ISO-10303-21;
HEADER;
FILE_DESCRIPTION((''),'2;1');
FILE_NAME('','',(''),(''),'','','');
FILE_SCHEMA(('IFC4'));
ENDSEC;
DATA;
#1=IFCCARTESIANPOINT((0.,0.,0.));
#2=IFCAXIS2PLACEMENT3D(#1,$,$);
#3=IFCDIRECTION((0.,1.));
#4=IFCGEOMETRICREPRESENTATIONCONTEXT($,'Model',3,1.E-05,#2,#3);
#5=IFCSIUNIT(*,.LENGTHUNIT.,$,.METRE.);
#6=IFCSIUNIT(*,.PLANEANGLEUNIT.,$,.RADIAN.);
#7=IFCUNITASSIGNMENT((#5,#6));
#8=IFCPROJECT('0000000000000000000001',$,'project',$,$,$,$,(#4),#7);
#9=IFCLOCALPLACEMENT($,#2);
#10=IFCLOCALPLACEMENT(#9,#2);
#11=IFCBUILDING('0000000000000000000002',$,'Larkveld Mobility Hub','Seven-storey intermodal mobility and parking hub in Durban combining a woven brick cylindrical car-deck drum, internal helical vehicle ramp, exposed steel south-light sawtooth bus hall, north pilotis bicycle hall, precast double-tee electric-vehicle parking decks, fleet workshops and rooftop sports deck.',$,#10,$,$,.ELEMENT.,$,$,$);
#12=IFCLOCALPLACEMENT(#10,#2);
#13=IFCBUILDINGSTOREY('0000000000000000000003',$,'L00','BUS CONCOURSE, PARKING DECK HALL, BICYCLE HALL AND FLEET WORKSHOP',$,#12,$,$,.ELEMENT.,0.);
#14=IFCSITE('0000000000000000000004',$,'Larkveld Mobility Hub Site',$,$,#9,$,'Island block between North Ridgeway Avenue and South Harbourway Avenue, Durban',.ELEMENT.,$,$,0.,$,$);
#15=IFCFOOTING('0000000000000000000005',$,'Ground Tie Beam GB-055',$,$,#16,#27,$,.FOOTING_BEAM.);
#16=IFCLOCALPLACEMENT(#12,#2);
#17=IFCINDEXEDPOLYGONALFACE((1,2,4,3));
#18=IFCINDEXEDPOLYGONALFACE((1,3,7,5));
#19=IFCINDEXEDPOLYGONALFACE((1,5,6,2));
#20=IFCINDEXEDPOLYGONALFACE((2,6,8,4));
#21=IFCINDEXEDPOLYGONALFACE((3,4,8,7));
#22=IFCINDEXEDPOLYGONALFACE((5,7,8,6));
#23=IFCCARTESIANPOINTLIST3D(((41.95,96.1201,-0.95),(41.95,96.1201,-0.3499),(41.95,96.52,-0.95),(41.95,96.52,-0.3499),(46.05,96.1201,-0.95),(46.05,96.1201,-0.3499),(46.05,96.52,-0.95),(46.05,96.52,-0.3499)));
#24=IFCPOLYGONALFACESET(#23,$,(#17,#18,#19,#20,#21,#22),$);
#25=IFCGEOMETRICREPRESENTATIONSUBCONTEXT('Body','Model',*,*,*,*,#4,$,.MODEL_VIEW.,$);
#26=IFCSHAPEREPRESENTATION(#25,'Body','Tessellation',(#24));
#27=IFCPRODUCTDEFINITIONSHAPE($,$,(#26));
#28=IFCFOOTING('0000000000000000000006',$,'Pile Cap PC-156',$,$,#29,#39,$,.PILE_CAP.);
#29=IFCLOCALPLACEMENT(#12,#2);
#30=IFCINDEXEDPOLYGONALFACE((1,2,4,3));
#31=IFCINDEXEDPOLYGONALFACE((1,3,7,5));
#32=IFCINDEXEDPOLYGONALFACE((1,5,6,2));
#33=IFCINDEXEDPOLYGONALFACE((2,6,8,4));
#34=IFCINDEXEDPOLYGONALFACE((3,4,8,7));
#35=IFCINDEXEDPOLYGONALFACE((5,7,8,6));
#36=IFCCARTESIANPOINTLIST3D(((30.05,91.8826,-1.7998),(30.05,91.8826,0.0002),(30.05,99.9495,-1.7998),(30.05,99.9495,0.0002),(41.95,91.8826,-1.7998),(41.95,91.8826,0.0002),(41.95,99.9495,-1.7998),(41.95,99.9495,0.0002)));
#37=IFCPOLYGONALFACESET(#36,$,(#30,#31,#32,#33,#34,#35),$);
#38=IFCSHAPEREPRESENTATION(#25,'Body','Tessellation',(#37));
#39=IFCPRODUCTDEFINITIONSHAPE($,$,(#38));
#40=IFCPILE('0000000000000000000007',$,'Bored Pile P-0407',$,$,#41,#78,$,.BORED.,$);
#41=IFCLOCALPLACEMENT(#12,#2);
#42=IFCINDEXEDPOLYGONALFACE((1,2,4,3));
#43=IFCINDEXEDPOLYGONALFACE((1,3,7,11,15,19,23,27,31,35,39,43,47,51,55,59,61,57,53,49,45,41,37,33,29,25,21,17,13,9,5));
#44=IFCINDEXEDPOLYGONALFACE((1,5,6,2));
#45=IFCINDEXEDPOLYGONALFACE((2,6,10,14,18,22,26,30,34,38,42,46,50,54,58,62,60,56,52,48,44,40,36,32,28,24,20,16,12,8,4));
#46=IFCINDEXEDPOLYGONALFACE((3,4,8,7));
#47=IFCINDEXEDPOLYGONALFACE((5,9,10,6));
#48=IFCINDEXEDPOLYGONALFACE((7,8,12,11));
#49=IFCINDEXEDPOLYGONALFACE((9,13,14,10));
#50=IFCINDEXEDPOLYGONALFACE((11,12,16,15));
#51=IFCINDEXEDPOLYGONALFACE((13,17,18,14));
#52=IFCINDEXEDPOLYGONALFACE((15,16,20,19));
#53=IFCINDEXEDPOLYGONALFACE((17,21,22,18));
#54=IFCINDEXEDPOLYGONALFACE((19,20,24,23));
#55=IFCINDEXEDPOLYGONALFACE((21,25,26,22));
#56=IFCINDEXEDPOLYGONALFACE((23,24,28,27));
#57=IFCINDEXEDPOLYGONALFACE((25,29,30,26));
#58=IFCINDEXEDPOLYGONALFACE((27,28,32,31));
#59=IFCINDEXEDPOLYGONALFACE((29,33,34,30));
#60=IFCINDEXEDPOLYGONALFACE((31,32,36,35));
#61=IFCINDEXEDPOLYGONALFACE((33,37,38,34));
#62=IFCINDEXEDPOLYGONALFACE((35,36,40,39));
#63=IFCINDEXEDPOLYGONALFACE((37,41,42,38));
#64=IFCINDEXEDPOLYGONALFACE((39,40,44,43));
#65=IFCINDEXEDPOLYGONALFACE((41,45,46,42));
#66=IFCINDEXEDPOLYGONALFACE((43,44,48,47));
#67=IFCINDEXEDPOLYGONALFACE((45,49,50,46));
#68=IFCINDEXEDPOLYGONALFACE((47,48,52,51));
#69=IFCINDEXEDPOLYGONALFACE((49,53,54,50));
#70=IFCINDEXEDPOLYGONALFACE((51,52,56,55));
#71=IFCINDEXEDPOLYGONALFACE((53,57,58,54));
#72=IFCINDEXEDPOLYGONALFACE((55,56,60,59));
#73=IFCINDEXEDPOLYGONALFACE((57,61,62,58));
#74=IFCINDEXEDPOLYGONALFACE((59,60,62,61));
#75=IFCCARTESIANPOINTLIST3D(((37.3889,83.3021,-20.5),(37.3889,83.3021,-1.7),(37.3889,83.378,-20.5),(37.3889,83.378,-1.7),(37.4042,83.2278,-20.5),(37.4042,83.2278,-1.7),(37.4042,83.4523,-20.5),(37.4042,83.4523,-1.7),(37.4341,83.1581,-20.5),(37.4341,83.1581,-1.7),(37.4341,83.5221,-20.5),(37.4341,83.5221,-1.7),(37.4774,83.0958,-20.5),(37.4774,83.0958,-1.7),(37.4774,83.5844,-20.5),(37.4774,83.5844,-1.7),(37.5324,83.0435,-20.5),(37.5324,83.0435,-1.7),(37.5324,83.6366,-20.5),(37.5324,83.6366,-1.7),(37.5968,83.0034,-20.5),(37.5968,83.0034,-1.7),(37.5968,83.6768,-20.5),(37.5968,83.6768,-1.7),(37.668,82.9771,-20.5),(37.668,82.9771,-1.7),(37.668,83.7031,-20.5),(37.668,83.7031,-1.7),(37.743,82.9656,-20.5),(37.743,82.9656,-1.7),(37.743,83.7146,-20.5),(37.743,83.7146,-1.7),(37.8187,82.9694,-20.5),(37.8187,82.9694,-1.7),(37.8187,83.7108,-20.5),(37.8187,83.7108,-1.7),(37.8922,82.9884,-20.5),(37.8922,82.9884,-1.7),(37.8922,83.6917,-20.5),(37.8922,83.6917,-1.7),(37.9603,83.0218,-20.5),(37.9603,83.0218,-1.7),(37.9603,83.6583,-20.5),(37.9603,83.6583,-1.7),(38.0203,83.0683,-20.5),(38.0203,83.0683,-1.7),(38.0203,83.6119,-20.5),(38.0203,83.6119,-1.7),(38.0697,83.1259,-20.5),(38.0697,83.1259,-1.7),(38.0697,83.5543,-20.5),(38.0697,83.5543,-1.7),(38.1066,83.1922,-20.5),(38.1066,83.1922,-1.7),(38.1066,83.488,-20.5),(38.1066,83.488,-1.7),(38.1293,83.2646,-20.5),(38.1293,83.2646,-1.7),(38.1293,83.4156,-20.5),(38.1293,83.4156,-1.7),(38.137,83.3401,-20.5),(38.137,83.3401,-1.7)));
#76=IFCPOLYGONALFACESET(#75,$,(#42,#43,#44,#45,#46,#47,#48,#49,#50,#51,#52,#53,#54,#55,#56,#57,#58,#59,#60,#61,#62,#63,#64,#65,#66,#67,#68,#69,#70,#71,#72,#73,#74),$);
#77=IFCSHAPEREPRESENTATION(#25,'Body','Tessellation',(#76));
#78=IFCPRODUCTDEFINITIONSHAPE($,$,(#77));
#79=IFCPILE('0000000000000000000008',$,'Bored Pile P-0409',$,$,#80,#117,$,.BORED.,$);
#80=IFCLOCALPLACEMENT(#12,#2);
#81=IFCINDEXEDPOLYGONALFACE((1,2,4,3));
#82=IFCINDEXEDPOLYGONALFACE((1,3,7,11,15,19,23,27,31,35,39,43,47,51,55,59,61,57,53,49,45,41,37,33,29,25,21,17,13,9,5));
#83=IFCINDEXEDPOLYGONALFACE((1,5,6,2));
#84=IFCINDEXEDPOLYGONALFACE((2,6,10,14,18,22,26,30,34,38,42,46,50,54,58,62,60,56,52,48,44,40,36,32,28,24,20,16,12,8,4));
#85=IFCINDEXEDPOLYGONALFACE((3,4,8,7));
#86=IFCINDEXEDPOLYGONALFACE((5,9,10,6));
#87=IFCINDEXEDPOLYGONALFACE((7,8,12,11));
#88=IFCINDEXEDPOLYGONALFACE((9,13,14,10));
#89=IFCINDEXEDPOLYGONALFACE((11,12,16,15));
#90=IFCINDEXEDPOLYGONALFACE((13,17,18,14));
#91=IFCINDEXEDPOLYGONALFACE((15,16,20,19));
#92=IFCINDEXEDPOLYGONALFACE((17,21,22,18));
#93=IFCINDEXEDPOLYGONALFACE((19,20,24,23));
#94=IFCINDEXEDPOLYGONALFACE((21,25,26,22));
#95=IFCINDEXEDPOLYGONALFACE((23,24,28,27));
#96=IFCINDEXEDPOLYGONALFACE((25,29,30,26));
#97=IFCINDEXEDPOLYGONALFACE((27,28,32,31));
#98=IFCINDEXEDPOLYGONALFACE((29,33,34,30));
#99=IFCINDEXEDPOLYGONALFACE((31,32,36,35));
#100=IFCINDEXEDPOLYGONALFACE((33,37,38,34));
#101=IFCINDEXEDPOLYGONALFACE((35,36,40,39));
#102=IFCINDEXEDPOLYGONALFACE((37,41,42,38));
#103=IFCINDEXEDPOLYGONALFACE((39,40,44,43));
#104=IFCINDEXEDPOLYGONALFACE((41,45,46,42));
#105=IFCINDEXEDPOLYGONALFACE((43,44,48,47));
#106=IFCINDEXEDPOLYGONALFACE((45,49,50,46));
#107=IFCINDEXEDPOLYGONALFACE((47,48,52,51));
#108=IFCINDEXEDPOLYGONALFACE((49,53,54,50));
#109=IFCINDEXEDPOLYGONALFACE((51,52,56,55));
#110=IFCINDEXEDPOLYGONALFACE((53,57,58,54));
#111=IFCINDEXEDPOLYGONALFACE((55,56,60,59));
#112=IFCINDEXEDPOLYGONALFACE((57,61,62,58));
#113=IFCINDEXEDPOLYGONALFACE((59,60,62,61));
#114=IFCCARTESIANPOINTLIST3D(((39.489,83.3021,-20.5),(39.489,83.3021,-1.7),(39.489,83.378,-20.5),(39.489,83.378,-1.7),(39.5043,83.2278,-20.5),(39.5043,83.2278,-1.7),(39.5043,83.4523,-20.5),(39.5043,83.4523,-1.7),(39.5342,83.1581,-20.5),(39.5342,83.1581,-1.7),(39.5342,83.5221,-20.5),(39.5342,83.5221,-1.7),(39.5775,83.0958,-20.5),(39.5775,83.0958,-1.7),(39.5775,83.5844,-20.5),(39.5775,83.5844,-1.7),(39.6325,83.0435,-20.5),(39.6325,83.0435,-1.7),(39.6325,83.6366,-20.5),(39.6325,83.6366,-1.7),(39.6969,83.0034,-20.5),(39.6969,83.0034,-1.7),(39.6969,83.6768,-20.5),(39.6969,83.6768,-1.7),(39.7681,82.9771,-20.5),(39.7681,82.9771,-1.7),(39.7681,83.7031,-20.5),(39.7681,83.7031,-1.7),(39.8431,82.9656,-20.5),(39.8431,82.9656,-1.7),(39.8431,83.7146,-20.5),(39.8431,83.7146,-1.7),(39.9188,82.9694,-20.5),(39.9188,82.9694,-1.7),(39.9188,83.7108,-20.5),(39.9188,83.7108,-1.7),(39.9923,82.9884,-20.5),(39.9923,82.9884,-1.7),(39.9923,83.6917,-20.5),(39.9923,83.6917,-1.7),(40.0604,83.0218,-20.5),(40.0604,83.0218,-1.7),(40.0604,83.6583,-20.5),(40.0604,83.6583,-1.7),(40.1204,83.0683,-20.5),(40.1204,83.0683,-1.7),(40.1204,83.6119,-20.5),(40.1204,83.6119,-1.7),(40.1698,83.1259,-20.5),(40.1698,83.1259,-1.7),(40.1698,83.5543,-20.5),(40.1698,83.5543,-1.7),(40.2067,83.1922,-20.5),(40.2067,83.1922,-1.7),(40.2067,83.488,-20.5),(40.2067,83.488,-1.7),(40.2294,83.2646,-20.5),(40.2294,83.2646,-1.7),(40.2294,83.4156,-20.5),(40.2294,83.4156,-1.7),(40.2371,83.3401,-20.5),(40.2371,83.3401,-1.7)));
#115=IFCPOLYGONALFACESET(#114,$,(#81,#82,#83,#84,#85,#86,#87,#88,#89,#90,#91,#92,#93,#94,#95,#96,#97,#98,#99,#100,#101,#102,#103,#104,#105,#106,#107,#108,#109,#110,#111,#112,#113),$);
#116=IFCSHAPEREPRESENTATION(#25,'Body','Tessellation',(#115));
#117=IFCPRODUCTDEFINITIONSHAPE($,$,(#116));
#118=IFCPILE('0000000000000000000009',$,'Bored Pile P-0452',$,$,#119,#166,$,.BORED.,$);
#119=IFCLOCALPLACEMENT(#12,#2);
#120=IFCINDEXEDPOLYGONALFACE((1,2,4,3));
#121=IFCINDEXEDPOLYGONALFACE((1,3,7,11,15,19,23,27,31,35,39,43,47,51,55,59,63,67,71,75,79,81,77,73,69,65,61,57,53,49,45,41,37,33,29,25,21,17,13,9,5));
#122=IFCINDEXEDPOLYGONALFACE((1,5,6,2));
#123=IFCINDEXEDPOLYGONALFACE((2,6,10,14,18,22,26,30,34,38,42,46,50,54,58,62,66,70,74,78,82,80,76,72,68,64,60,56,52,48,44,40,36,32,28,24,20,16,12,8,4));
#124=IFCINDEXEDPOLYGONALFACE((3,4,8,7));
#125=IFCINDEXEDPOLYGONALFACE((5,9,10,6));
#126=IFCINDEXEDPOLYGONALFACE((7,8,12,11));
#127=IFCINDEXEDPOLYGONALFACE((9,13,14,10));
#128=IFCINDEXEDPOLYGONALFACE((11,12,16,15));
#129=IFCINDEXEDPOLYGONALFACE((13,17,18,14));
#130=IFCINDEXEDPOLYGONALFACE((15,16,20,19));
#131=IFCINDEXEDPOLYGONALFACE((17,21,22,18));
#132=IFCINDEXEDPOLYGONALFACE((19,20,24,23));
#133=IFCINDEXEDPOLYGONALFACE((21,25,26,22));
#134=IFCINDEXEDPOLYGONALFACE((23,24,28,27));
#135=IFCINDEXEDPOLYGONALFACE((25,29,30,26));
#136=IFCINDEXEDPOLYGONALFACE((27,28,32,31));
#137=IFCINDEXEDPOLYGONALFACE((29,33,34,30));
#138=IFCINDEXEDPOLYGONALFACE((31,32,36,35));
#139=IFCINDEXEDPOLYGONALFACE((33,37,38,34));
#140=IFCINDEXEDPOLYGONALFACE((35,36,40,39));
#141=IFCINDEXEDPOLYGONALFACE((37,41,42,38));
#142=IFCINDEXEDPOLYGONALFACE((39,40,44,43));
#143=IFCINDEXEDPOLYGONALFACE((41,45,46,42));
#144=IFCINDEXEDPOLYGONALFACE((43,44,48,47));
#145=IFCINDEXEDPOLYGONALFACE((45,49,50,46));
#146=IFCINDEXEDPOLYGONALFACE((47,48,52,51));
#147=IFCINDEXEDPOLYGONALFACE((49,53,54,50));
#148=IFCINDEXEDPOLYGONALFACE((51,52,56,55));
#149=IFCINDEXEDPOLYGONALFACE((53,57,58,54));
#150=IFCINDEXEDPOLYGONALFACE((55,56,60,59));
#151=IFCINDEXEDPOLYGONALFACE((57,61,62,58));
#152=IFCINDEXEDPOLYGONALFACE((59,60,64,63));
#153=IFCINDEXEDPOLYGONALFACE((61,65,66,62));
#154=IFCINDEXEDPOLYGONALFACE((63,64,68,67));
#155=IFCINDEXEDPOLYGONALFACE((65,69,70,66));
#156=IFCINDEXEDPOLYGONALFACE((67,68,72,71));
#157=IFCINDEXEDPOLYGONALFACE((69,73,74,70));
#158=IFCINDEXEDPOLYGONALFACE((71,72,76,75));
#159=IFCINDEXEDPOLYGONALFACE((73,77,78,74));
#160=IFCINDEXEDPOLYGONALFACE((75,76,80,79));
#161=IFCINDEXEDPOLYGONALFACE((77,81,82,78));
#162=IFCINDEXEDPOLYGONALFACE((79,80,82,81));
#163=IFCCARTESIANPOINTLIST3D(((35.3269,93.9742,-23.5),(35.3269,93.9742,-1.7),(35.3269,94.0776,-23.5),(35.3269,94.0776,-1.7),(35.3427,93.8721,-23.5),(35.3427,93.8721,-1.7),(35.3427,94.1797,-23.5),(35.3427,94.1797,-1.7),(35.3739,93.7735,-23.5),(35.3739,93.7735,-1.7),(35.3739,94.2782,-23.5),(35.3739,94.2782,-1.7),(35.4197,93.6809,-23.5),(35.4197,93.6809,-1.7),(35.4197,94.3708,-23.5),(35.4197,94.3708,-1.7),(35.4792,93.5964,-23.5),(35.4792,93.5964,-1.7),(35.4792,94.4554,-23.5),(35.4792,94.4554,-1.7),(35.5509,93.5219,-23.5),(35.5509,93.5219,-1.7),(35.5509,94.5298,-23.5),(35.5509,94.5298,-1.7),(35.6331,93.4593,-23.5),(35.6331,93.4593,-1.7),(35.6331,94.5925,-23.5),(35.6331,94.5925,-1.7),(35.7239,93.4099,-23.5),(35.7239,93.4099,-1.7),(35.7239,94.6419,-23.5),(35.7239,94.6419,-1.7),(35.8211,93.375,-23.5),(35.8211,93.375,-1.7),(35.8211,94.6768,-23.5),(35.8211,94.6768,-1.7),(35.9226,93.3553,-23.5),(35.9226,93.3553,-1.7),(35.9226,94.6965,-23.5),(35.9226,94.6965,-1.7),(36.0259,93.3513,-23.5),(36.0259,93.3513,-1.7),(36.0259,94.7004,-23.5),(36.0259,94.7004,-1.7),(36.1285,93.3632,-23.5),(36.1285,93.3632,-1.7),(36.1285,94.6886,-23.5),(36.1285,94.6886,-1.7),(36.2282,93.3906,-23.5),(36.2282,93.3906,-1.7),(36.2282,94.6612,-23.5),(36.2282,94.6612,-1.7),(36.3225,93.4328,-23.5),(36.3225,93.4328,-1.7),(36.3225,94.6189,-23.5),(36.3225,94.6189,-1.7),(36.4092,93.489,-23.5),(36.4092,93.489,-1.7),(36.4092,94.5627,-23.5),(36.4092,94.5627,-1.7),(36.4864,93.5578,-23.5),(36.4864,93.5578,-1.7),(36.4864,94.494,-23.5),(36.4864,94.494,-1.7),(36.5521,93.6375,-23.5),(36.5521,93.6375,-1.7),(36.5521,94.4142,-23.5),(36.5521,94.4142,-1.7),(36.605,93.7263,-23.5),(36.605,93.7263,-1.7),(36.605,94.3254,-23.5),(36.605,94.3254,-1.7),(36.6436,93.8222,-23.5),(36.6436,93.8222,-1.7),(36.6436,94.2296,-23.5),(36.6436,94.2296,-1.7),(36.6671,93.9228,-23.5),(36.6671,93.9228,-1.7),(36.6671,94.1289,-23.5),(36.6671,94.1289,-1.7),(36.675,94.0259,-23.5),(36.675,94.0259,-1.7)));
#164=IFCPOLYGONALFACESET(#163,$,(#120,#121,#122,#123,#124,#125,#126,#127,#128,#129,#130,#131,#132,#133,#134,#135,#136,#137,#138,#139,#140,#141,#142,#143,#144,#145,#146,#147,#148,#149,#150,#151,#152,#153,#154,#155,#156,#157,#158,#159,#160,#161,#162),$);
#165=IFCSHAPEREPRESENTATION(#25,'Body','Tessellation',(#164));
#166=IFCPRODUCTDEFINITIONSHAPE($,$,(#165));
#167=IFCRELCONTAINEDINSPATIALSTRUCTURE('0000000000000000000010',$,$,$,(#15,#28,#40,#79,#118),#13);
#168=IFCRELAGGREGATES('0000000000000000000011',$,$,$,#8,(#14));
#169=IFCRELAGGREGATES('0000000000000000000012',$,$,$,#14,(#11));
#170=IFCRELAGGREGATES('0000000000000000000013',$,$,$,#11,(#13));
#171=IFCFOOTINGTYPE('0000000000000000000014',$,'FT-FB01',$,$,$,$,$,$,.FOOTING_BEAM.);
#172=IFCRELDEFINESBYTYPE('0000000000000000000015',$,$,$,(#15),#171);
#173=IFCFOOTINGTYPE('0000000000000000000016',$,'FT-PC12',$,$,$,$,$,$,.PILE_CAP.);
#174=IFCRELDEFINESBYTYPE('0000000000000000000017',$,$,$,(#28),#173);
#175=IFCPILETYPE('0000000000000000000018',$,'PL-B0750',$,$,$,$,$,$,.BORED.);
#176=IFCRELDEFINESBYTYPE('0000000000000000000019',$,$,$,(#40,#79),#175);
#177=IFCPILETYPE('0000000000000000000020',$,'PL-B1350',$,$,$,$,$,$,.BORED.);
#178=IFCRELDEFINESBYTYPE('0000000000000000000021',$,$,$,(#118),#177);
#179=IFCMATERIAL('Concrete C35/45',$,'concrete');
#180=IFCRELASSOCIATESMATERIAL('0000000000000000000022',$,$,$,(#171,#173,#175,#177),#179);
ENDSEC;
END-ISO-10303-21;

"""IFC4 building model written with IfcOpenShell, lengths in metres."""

from ifc_helpers import new_model, si_unit, direction, frame, origin, origin_2d, place, context, subcontext, project, spatial, rectangle, circle, extrude, material, material_profile, profile_set, type_object, element, save


model = new_model("IFC4")

# Units and contexts
model_context = context("Model", 3, precision=1e-05, world=origin(), true_north=direction((0.0, 1.0)))
body_context = subcontext(model_context, "Body", "Model", "MODEL_VIEW")
ifc_project = project(units=[si_unit("LENGTHUNIT", "METRE"), si_unit("PLANEANGLEUNIT", "RADIAN")], contexts=[model_context])

# Site, building, storey
site_placement = place(None, origin())
site = spatial("IfcSite", under=ifc_project, at=site_placement, Name="Larkveld Mobility Hub Site", LongName="Island block between North Ridgeway Avenue and South Harbourway Avenue, Durban", CompositionType="ELEMENT", RefElevation=0.0)
building_placement = place(site_placement, origin())
building = spatial("IfcBuilding", under=site, at=building_placement, Name="Larkveld Mobility Hub", Description="Seven-storey intermodal mobility and parking hub in Durban combining a woven brick cylindrical car-deck drum, internal helical vehicle ramp, exposed steel south-light sawtooth bus hall, north pilotis bicycle hall, precast double-tee electric-vehicle parking decks, fleet workshops and rooftop sports deck.", CompositionType="ELEMENT")
storey_placement = place(building_placement, origin())
storey = spatial("IfcBuildingStorey", under=building, at=storey_placement, Name="L00", Description="BUS CONCOURSE, PARKING DECK HALL, BICYCLE HALL AND FLEET WORKSHOP", CompositionType="ELEMENT", Elevation=0.0)

# Footings
ifc_material_1 = material(Name="Concrete C35/45", Category="concrete")
ifc_material_profile_1 = material_profile(ifc_material_1, rectangle(XDim=0.3999, YDim=0.6001, at=origin_2d()), Name="RC BM 400x600")
ifc_profile_set_1 = profile_set([ifc_material_profile_1], Name="Concrete C35/45")
footing_type_1 = type_object("IfcFootingType", Name="FT-FB01", PredefinedType="FOOTING_BEAM", material=ifc_profile_set_1)
footing_1_placement = place(storey_placement, frame((41.95, 96.3201, -0.6499), z_axis=(1.0, 0.0, 0.0), x_axis=(0.0, 1.0, 0.0)))
element("IfcFooting", 1, at=footing_1_placement, inside=storey, type_object=footing_type_1, Name="Ground Tie Beam GB-055", PredefinedType="FOOTING_BEAM", context=body_context, shape_type="SweptSolid", body=[
    extrude(rectangle(XDim=0.3999, YDim=0.6001, at=origin_2d()), origin(), (0.0, 0.0, 1.0), 4.1001),
])
footing_type_2 = type_object("IfcFootingType", Name="FT-PC12", PredefinedType="PILE_CAP", material=ifc_material_1)
footing_2_placement = place(storey_placement, frame((36.0, 95.916, -1.7998), z_axis=(0.0, 0.0, 1.0), x_axis=(1.0, 0.0, 0.0)))
element("IfcFooting", 2, at=footing_2_placement, inside=storey, type_object=footing_type_2, Name="Pile Cap PC-156", PredefinedType="PILE_CAP", context=body_context, shape_type="SweptSolid", body=[
    extrude(rectangle(XDim=11.8999, YDim=8.0669, at=origin_2d()), origin(), (0.0, 0.0, 1.0), 1.8),
])

# Piles
ifc_material_profile_2 = material_profile(ifc_material_1, circle(Radius=0.375, at=origin_2d()), Name="PILE D750")
ifc_profile_set_2 = profile_set([ifc_material_profile_2], Name="Concrete C35/45")
pile_type_1 = type_object("IfcPileType", Name="PL-B0750", PredefinedType="BORED", material=ifc_profile_set_2)
for number, where, z_axis, x_axis, name in (
    (3, (37.762, 83.3401, -1.7), (0.0, 0.0, -1.0), (1.0, 0.0, 0.0), "Bored Pile P-0407"),
    (4, (39.8621, 83.3401, -1.7), (0.0, 0.0, -1.0), (1.0, 0.0, 0.0), "Bored Pile P-0409"),
):
    element("IfcPile", number, at=place(storey_placement, frame(where, z_axis=z_axis, x_axis=x_axis)), inside=storey, type_object=pile_type_1, Name=name, PredefinedType="BORED", context=body_context, shape_type="SweptSolid", body=[
        extrude(circle(Radius=0.375, at=origin_2d()), origin(), (0.0, 0.0, 1.0), 18.8),
    ])
ifc_material_profile_3 = material_profile(ifc_material_1, circle(Radius=0.675, at=origin_2d()), Name="PILE D1350")
ifc_profile_set_3 = profile_set([ifc_material_profile_3], Name="Concrete C35/45")
pile_type_2 = type_object("IfcPileType", Name="PL-B1350", PredefinedType="BORED", material=ifc_profile_set_3)
for number, where, z_axis, x_axis, name in (
    (5, (36.0, 94.0259, -1.7), (0.0, 0.0, -1.0), (1.0, 0.0, 0.0), "Bored Pile P-0452"),
):
    element("IfcPile", number, at=place(storey_placement, frame(where, z_axis=z_axis, x_axis=x_axis)), inside=storey, type_object=pile_type_2, Name=name, PredefinedType="BORED", context=body_context, shape_type="SweptSolid", body=[
        extrude(circle(Radius=0.675, at=origin_2d()), origin(), (0.0, 0.0, 1.0), 21.8),
    ])

save(model, "model.ifc")
